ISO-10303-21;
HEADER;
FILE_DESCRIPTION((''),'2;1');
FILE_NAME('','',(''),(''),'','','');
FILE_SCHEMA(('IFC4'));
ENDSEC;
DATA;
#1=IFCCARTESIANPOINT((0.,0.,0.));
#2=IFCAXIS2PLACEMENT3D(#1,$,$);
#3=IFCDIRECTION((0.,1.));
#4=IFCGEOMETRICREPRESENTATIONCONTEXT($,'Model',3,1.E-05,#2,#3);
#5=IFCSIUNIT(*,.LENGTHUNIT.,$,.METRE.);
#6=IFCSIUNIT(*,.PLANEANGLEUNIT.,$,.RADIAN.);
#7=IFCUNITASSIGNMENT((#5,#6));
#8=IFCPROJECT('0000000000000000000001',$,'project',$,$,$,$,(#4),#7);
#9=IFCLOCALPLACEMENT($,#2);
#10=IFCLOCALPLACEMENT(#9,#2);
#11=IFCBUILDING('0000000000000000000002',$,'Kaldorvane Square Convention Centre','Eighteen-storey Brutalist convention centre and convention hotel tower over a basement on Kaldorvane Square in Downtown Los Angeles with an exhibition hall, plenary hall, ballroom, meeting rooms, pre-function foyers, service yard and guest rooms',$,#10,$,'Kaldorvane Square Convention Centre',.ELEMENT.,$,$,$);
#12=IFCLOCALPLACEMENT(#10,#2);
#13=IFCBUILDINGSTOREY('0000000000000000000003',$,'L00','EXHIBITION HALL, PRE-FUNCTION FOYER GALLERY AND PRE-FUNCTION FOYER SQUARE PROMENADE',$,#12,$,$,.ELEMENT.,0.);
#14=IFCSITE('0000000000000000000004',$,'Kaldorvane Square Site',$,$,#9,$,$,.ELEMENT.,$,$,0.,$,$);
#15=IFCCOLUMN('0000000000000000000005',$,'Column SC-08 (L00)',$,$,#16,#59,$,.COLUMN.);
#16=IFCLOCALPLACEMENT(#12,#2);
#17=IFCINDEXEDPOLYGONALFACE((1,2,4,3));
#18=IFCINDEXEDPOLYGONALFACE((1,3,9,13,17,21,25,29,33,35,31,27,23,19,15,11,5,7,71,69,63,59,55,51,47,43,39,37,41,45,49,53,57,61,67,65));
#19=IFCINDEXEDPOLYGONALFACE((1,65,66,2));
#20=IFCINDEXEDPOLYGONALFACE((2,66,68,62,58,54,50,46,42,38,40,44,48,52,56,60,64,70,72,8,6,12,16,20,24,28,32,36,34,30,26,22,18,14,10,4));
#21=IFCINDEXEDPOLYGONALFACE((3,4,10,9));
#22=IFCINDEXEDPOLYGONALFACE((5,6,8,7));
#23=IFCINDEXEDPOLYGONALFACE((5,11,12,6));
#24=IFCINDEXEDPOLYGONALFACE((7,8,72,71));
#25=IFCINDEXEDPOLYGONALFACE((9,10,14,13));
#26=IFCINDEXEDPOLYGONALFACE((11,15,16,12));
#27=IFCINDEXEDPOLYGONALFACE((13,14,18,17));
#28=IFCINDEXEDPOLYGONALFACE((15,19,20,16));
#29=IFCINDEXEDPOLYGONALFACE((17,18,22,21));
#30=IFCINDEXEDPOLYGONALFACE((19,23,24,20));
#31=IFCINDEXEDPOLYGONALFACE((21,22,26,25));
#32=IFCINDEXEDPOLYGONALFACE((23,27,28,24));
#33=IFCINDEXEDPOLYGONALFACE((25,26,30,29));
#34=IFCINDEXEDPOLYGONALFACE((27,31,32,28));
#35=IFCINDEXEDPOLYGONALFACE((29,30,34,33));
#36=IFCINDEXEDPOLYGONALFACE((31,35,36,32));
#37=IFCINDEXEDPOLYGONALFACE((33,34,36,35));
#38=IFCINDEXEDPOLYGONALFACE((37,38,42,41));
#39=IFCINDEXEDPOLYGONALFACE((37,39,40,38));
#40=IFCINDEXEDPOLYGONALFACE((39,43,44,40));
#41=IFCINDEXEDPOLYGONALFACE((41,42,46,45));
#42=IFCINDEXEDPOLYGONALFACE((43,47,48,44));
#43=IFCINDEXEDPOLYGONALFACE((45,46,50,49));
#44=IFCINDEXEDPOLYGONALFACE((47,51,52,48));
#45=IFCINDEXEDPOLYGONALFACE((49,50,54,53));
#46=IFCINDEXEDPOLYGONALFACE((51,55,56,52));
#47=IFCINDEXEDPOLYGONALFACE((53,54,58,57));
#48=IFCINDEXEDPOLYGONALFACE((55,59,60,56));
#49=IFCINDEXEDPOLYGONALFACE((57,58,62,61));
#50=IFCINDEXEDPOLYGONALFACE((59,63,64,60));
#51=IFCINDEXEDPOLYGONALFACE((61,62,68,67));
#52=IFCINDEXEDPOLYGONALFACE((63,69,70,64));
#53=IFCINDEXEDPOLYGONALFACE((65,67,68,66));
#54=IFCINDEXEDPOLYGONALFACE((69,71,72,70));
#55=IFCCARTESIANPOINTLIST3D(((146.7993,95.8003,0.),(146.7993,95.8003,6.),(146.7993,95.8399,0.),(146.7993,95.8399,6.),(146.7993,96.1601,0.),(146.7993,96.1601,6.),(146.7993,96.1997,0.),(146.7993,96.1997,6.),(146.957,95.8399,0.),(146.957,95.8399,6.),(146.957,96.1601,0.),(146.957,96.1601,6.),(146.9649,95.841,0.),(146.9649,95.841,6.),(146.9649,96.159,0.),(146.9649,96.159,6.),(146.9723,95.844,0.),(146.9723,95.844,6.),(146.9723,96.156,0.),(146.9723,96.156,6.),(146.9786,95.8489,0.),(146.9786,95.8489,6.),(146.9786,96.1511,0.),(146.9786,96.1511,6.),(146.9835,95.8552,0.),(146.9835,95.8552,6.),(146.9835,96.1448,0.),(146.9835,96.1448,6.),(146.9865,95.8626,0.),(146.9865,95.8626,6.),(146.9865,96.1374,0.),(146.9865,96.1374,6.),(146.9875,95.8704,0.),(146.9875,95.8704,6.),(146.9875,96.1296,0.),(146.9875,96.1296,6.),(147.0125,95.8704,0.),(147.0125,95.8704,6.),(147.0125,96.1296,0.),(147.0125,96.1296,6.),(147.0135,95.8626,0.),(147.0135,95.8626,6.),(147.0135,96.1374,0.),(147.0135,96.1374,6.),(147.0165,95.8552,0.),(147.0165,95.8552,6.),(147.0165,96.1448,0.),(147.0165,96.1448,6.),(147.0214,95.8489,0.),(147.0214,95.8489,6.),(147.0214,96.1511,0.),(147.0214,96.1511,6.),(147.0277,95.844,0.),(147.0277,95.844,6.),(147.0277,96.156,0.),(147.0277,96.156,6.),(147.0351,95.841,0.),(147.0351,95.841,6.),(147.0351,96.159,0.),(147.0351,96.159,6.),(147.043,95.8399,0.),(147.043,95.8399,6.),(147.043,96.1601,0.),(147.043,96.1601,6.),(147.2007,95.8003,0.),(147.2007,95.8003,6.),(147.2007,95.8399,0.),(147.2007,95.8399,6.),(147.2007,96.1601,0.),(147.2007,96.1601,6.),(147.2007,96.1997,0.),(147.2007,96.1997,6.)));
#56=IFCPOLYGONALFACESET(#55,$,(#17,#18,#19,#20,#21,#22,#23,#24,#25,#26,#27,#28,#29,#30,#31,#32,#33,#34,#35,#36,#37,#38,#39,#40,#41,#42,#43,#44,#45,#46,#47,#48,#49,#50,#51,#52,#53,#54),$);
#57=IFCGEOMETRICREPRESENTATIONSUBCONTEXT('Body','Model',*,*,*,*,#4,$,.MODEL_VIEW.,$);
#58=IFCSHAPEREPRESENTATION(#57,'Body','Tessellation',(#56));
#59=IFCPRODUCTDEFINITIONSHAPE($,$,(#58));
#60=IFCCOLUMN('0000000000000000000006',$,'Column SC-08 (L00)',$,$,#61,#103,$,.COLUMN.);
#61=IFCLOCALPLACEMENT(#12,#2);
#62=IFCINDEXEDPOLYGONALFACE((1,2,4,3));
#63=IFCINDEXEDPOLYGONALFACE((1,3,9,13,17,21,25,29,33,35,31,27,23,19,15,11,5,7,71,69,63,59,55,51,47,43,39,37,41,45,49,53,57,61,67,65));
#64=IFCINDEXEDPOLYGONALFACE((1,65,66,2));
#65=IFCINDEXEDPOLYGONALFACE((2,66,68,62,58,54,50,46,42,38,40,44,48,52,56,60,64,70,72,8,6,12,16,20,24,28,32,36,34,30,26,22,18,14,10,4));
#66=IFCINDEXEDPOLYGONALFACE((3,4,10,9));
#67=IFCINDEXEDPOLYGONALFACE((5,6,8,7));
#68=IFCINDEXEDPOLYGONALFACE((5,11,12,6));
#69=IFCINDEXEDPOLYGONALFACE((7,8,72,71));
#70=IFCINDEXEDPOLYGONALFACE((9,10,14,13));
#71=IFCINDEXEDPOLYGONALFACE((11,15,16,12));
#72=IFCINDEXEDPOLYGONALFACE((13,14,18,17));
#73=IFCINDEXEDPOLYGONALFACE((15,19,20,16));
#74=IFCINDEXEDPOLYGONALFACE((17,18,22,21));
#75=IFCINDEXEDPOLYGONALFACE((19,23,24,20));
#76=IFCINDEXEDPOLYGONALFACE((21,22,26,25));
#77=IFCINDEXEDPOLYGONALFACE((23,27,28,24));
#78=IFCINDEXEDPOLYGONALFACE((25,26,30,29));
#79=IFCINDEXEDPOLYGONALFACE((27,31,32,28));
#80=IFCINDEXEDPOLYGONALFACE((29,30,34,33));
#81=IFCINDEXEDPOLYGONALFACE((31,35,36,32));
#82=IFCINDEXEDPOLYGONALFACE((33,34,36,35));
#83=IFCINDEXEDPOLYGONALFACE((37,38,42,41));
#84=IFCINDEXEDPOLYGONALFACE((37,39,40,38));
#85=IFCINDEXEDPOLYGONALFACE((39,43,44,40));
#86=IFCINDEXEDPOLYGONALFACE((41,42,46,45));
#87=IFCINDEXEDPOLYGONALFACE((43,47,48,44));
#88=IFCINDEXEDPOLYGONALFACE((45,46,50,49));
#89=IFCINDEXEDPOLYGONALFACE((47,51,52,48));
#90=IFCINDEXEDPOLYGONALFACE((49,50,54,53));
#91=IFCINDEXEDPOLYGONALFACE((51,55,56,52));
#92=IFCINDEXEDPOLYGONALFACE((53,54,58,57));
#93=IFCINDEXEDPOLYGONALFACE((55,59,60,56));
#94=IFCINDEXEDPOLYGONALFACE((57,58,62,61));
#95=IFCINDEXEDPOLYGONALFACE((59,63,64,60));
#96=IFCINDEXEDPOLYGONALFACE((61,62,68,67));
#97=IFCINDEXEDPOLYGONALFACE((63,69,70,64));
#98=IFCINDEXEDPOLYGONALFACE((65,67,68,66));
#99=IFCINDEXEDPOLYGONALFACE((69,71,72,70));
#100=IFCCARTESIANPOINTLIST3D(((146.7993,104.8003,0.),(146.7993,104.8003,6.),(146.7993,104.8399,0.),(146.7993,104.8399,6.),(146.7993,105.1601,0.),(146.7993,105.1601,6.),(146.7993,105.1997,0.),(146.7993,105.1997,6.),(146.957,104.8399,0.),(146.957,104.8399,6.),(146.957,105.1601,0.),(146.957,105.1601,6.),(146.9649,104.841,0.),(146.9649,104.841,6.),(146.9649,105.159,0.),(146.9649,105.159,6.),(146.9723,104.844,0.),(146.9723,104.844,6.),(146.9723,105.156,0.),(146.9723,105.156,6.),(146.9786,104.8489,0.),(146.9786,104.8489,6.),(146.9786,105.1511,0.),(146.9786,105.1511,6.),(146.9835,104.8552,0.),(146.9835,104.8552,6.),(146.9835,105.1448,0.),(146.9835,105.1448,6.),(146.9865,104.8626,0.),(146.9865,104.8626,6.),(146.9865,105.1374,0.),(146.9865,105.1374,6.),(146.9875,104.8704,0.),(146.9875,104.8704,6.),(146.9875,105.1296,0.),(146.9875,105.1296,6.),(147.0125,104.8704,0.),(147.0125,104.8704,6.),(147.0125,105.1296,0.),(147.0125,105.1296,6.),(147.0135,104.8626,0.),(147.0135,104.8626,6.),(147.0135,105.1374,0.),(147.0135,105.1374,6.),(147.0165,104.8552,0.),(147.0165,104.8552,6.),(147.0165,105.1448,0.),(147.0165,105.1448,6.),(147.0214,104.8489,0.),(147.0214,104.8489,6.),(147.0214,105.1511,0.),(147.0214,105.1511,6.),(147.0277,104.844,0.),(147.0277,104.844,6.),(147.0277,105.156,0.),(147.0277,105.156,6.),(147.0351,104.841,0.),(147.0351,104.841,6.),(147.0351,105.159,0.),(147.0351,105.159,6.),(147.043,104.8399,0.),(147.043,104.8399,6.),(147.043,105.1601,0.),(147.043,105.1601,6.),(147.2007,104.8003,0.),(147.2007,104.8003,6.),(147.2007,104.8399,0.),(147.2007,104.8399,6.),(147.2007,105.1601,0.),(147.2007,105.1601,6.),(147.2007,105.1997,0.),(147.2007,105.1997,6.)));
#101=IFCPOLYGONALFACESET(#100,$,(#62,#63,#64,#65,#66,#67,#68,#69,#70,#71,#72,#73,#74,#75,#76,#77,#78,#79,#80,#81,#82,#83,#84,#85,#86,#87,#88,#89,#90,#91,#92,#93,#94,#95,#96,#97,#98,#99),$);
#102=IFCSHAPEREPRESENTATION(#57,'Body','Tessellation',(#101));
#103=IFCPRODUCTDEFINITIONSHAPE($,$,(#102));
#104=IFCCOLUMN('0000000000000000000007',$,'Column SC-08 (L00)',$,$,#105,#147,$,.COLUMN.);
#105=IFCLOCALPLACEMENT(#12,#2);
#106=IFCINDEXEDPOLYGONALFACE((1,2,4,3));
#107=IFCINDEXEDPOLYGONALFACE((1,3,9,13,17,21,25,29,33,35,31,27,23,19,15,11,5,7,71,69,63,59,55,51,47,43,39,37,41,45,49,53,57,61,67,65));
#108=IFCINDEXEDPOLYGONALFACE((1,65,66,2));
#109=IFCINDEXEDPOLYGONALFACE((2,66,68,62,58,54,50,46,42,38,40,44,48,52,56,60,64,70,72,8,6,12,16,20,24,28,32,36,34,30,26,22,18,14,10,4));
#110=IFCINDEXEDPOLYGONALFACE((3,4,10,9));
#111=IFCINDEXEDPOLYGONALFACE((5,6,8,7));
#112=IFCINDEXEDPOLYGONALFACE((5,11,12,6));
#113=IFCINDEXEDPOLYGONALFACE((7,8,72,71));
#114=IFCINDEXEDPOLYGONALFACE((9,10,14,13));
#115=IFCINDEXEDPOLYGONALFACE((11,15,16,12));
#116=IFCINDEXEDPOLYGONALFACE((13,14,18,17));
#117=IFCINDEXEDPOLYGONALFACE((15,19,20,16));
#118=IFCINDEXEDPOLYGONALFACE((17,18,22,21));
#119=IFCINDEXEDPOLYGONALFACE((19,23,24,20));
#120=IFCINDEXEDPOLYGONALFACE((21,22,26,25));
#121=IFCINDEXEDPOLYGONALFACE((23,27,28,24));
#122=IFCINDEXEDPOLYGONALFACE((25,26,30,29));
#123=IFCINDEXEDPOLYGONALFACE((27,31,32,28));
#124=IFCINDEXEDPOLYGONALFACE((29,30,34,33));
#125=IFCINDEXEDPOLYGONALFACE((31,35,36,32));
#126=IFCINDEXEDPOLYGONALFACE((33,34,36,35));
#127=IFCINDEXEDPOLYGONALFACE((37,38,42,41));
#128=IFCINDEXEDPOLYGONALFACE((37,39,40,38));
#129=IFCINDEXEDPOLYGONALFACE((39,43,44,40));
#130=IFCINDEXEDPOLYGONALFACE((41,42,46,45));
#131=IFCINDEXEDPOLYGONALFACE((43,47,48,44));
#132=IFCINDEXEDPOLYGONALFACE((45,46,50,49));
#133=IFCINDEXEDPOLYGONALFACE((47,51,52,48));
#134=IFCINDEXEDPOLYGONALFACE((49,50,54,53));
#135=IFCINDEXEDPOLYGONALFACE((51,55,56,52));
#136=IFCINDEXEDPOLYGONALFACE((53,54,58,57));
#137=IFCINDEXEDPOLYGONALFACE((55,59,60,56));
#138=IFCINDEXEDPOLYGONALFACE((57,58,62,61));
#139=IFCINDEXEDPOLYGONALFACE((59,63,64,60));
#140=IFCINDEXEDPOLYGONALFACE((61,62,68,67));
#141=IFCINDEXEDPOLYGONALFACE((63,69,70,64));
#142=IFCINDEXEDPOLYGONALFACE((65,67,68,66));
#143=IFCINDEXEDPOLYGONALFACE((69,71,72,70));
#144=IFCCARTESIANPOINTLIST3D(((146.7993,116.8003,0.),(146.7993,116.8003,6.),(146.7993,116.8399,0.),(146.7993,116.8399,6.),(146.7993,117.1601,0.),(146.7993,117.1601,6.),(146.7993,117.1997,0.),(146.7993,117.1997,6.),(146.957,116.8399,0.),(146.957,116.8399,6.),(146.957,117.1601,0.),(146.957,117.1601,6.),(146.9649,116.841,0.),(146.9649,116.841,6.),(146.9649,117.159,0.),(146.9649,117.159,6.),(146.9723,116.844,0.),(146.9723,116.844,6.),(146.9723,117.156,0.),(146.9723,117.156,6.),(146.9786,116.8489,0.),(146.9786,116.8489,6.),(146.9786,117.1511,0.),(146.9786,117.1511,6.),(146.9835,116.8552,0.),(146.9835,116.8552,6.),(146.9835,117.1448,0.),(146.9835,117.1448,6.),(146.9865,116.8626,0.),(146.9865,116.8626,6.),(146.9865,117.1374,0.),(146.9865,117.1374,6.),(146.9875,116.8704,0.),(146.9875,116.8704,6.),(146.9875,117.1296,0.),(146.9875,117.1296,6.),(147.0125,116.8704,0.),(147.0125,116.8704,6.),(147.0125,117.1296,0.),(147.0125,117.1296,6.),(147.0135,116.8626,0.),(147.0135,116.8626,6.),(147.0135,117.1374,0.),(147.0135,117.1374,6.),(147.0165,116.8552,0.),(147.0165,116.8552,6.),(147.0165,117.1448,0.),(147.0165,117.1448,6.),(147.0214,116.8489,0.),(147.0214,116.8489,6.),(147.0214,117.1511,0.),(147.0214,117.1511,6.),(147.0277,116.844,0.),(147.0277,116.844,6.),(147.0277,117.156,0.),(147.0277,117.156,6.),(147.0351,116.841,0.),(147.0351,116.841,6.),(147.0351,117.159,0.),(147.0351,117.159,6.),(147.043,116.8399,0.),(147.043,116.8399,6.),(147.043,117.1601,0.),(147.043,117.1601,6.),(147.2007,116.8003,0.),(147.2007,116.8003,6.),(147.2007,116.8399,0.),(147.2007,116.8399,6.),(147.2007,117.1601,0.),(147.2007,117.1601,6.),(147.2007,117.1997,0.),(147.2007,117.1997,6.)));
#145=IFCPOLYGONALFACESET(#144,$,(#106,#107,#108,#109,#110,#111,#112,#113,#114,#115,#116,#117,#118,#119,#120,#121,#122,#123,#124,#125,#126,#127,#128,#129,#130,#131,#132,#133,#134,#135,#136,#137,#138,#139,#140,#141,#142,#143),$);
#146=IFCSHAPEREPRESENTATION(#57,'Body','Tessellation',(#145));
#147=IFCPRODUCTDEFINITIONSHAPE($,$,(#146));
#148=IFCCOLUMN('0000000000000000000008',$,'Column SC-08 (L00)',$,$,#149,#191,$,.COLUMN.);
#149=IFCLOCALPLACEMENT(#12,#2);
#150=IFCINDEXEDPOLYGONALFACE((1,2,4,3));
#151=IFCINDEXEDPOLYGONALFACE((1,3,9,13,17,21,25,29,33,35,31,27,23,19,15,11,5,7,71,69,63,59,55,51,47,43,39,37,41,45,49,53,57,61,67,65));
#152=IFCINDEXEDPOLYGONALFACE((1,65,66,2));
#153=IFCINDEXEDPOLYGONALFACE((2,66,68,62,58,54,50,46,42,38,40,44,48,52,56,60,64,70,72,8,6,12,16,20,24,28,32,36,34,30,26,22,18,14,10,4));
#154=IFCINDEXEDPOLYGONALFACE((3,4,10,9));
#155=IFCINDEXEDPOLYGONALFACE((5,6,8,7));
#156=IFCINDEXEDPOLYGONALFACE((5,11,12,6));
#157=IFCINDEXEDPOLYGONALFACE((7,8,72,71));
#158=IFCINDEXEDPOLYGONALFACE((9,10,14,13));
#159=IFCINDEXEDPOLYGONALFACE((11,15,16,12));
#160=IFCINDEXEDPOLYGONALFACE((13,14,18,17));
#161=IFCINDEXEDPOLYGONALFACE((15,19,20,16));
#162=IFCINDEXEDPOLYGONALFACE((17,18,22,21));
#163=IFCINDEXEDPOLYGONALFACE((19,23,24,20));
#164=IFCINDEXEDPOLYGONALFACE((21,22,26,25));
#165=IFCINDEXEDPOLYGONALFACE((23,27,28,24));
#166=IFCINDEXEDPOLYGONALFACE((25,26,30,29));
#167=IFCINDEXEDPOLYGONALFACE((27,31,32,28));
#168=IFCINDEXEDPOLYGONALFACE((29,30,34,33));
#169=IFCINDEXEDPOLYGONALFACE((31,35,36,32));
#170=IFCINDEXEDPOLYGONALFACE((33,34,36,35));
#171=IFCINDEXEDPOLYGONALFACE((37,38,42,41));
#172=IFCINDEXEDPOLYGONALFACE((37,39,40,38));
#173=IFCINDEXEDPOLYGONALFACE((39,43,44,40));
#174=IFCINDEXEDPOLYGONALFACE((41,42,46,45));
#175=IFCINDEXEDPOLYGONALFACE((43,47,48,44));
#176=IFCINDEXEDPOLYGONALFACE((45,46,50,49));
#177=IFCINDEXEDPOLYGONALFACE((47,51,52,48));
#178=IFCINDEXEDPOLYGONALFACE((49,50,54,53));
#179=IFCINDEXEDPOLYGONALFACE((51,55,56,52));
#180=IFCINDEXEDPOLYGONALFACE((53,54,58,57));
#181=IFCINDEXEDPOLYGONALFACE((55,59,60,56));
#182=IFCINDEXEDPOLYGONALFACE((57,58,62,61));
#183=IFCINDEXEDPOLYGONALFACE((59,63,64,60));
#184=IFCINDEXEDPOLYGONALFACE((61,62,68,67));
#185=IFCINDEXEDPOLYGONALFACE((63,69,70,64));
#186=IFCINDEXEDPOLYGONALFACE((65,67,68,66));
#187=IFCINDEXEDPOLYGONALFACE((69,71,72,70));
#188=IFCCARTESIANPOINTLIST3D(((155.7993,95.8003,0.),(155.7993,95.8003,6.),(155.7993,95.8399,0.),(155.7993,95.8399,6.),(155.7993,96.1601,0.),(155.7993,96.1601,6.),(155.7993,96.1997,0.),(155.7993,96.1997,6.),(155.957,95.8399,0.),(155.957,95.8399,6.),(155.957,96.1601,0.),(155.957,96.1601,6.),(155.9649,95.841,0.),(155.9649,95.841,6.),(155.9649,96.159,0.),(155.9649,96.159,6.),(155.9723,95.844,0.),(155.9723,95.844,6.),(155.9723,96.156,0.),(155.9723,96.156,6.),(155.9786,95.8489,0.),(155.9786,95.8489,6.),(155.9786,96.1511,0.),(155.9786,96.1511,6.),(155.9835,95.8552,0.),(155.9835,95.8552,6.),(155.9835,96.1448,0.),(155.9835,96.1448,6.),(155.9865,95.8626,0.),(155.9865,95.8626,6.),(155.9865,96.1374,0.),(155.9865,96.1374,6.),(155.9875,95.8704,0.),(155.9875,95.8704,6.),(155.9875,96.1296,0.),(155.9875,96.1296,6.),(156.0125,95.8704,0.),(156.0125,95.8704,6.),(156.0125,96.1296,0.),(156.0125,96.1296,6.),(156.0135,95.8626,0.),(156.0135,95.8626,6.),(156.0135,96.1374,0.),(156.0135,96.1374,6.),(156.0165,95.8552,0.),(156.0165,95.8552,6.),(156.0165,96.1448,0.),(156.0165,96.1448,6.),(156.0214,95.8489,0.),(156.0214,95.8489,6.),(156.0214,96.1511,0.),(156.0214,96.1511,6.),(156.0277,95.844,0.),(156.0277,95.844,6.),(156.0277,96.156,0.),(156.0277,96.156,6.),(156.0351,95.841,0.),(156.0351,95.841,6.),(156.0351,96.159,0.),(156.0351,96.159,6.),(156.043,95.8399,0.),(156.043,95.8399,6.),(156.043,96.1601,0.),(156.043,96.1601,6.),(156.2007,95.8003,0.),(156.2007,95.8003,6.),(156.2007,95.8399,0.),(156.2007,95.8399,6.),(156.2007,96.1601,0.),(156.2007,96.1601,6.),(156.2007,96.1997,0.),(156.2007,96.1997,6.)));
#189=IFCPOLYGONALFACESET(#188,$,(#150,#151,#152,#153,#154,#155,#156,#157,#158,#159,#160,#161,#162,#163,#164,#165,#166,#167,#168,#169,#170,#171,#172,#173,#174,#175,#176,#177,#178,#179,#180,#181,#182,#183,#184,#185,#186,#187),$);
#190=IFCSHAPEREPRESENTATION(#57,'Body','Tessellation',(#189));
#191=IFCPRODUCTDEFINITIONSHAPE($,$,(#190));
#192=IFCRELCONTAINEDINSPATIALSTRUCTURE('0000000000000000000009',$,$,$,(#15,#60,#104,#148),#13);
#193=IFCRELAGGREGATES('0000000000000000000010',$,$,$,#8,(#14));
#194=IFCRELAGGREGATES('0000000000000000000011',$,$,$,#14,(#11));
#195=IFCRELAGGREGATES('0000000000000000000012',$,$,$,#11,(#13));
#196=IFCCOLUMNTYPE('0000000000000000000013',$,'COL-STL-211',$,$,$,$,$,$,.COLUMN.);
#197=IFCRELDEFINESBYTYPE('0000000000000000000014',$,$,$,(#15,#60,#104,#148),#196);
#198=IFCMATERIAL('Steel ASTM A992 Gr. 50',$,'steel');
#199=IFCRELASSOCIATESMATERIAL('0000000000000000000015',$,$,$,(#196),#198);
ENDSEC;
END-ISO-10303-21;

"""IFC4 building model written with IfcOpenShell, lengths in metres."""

from ifc_helpers import new_model, si_unit, direction, frame, origin, origin_2d, place, context, subcontext, project, spatial, i_section, extrude, material, material_profile, profile_set, type_object, element, save


model = new_model("IFC4")

# Units and contexts
model_context = context("Model", 3, precision=1e-05, world=origin(), true_north=direction((0.0, 1.0)))
body_context = subcontext(model_context, "Body", "Model", "MODEL_VIEW")
ifc_project = project(units=[si_unit("LENGTHUNIT", "METRE"), si_unit("PLANEANGLEUNIT", "RADIAN")], contexts=[model_context])

# Site, building, storey
site_placement = place(None, origin())
site = spatial("IfcSite", under=ifc_project, at=site_placement, Name="Kaldorvane Square Site", CompositionType="ELEMENT", RefElevation=0.0)
building_placement = place(site_placement, origin())
building = spatial("IfcBuilding", under=site, at=building_placement, Name="Kaldorvane Square Convention Centre", Description="Eighteen-storey Brutalist convention centre and convention hotel tower over a basement on Kaldorvane Square in Downtown Los Angeles with an exhibition hall, plenary hall, ballroom, meeting rooms, pre-function foyers, service yard and guest rooms", LongName="Kaldorvane Square Convention Centre", CompositionType="ELEMENT")
storey_placement = place(building_placement, origin())
storey = spatial("IfcBuildingStorey", under=building, at=storey_placement, Name="L00", Description="EXHIBITION HALL, PRE-FUNCTION FOYER GALLERY AND PRE-FUNCTION FOYER SQUARE PROMENADE", CompositionType="ELEMENT", Elevation=0.0)

# Columns
ifc_material_1 = material(Name="Steel ASTM A992 Gr. 50", Category="steel")
ifc_material_profile_1 = material_profile(ifc_material_1, i_section(OverallWidth=0.4013, OverallDepth=0.3993, WebThickness=0.0249, FlangeThickness=0.0396, FilletRadius=0.0305, at=origin_2d()), Name="W14X211")
ifc_profile_set_1 = profile_set([ifc_material_profile_1], Name="Steel ASTM A992 Gr. 50")
column_type = type_object("IfcColumnType", Name="COL-STL-211", PredefinedType="COLUMN", material=ifc_profile_set_1)
for number, where, z_axis, x_axis, name in (
    (1, (147.0, 96.0, 0.0), (0.0, 0.0, 1.0), (1.0, 0.0, 0.0), "Column SC-08 (L00)"),
    (2, (147.0, 105.0, 0.0), (0.0, 0.0, 1.0), (1.0, 0.0, 0.0), "Column SC-08 (L00)"),
    (3, (147.0, 117.0, 0.0), (0.0, 0.0, 1.0), (1.0, 0.0, 0.0), "Column SC-08 (L00)"),
    (4, (156.0, 96.0, 0.0), (0.0, 0.0, 1.0), (1.0, 0.0, 0.0), "Column SC-08 (L00)"),
):
    element("IfcColumn", number, at=place(storey_placement, frame(where, z_axis=z_axis, x_axis=x_axis)), inside=storey, type_object=column_type, Name=name, PredefinedType="COLUMN", context=body_context, shape_type="SweptSolid", body=[
        extrude(i_section(OverallWidth=0.4013, OverallDepth=0.3993, WebThickness=0.0249, FlangeThickness=0.0396, FilletRadius=0.0305, at=origin_2d()), origin(), (0.0, 0.0, 1.0), 6.0),
    ])

save(model, "model.ifc")
